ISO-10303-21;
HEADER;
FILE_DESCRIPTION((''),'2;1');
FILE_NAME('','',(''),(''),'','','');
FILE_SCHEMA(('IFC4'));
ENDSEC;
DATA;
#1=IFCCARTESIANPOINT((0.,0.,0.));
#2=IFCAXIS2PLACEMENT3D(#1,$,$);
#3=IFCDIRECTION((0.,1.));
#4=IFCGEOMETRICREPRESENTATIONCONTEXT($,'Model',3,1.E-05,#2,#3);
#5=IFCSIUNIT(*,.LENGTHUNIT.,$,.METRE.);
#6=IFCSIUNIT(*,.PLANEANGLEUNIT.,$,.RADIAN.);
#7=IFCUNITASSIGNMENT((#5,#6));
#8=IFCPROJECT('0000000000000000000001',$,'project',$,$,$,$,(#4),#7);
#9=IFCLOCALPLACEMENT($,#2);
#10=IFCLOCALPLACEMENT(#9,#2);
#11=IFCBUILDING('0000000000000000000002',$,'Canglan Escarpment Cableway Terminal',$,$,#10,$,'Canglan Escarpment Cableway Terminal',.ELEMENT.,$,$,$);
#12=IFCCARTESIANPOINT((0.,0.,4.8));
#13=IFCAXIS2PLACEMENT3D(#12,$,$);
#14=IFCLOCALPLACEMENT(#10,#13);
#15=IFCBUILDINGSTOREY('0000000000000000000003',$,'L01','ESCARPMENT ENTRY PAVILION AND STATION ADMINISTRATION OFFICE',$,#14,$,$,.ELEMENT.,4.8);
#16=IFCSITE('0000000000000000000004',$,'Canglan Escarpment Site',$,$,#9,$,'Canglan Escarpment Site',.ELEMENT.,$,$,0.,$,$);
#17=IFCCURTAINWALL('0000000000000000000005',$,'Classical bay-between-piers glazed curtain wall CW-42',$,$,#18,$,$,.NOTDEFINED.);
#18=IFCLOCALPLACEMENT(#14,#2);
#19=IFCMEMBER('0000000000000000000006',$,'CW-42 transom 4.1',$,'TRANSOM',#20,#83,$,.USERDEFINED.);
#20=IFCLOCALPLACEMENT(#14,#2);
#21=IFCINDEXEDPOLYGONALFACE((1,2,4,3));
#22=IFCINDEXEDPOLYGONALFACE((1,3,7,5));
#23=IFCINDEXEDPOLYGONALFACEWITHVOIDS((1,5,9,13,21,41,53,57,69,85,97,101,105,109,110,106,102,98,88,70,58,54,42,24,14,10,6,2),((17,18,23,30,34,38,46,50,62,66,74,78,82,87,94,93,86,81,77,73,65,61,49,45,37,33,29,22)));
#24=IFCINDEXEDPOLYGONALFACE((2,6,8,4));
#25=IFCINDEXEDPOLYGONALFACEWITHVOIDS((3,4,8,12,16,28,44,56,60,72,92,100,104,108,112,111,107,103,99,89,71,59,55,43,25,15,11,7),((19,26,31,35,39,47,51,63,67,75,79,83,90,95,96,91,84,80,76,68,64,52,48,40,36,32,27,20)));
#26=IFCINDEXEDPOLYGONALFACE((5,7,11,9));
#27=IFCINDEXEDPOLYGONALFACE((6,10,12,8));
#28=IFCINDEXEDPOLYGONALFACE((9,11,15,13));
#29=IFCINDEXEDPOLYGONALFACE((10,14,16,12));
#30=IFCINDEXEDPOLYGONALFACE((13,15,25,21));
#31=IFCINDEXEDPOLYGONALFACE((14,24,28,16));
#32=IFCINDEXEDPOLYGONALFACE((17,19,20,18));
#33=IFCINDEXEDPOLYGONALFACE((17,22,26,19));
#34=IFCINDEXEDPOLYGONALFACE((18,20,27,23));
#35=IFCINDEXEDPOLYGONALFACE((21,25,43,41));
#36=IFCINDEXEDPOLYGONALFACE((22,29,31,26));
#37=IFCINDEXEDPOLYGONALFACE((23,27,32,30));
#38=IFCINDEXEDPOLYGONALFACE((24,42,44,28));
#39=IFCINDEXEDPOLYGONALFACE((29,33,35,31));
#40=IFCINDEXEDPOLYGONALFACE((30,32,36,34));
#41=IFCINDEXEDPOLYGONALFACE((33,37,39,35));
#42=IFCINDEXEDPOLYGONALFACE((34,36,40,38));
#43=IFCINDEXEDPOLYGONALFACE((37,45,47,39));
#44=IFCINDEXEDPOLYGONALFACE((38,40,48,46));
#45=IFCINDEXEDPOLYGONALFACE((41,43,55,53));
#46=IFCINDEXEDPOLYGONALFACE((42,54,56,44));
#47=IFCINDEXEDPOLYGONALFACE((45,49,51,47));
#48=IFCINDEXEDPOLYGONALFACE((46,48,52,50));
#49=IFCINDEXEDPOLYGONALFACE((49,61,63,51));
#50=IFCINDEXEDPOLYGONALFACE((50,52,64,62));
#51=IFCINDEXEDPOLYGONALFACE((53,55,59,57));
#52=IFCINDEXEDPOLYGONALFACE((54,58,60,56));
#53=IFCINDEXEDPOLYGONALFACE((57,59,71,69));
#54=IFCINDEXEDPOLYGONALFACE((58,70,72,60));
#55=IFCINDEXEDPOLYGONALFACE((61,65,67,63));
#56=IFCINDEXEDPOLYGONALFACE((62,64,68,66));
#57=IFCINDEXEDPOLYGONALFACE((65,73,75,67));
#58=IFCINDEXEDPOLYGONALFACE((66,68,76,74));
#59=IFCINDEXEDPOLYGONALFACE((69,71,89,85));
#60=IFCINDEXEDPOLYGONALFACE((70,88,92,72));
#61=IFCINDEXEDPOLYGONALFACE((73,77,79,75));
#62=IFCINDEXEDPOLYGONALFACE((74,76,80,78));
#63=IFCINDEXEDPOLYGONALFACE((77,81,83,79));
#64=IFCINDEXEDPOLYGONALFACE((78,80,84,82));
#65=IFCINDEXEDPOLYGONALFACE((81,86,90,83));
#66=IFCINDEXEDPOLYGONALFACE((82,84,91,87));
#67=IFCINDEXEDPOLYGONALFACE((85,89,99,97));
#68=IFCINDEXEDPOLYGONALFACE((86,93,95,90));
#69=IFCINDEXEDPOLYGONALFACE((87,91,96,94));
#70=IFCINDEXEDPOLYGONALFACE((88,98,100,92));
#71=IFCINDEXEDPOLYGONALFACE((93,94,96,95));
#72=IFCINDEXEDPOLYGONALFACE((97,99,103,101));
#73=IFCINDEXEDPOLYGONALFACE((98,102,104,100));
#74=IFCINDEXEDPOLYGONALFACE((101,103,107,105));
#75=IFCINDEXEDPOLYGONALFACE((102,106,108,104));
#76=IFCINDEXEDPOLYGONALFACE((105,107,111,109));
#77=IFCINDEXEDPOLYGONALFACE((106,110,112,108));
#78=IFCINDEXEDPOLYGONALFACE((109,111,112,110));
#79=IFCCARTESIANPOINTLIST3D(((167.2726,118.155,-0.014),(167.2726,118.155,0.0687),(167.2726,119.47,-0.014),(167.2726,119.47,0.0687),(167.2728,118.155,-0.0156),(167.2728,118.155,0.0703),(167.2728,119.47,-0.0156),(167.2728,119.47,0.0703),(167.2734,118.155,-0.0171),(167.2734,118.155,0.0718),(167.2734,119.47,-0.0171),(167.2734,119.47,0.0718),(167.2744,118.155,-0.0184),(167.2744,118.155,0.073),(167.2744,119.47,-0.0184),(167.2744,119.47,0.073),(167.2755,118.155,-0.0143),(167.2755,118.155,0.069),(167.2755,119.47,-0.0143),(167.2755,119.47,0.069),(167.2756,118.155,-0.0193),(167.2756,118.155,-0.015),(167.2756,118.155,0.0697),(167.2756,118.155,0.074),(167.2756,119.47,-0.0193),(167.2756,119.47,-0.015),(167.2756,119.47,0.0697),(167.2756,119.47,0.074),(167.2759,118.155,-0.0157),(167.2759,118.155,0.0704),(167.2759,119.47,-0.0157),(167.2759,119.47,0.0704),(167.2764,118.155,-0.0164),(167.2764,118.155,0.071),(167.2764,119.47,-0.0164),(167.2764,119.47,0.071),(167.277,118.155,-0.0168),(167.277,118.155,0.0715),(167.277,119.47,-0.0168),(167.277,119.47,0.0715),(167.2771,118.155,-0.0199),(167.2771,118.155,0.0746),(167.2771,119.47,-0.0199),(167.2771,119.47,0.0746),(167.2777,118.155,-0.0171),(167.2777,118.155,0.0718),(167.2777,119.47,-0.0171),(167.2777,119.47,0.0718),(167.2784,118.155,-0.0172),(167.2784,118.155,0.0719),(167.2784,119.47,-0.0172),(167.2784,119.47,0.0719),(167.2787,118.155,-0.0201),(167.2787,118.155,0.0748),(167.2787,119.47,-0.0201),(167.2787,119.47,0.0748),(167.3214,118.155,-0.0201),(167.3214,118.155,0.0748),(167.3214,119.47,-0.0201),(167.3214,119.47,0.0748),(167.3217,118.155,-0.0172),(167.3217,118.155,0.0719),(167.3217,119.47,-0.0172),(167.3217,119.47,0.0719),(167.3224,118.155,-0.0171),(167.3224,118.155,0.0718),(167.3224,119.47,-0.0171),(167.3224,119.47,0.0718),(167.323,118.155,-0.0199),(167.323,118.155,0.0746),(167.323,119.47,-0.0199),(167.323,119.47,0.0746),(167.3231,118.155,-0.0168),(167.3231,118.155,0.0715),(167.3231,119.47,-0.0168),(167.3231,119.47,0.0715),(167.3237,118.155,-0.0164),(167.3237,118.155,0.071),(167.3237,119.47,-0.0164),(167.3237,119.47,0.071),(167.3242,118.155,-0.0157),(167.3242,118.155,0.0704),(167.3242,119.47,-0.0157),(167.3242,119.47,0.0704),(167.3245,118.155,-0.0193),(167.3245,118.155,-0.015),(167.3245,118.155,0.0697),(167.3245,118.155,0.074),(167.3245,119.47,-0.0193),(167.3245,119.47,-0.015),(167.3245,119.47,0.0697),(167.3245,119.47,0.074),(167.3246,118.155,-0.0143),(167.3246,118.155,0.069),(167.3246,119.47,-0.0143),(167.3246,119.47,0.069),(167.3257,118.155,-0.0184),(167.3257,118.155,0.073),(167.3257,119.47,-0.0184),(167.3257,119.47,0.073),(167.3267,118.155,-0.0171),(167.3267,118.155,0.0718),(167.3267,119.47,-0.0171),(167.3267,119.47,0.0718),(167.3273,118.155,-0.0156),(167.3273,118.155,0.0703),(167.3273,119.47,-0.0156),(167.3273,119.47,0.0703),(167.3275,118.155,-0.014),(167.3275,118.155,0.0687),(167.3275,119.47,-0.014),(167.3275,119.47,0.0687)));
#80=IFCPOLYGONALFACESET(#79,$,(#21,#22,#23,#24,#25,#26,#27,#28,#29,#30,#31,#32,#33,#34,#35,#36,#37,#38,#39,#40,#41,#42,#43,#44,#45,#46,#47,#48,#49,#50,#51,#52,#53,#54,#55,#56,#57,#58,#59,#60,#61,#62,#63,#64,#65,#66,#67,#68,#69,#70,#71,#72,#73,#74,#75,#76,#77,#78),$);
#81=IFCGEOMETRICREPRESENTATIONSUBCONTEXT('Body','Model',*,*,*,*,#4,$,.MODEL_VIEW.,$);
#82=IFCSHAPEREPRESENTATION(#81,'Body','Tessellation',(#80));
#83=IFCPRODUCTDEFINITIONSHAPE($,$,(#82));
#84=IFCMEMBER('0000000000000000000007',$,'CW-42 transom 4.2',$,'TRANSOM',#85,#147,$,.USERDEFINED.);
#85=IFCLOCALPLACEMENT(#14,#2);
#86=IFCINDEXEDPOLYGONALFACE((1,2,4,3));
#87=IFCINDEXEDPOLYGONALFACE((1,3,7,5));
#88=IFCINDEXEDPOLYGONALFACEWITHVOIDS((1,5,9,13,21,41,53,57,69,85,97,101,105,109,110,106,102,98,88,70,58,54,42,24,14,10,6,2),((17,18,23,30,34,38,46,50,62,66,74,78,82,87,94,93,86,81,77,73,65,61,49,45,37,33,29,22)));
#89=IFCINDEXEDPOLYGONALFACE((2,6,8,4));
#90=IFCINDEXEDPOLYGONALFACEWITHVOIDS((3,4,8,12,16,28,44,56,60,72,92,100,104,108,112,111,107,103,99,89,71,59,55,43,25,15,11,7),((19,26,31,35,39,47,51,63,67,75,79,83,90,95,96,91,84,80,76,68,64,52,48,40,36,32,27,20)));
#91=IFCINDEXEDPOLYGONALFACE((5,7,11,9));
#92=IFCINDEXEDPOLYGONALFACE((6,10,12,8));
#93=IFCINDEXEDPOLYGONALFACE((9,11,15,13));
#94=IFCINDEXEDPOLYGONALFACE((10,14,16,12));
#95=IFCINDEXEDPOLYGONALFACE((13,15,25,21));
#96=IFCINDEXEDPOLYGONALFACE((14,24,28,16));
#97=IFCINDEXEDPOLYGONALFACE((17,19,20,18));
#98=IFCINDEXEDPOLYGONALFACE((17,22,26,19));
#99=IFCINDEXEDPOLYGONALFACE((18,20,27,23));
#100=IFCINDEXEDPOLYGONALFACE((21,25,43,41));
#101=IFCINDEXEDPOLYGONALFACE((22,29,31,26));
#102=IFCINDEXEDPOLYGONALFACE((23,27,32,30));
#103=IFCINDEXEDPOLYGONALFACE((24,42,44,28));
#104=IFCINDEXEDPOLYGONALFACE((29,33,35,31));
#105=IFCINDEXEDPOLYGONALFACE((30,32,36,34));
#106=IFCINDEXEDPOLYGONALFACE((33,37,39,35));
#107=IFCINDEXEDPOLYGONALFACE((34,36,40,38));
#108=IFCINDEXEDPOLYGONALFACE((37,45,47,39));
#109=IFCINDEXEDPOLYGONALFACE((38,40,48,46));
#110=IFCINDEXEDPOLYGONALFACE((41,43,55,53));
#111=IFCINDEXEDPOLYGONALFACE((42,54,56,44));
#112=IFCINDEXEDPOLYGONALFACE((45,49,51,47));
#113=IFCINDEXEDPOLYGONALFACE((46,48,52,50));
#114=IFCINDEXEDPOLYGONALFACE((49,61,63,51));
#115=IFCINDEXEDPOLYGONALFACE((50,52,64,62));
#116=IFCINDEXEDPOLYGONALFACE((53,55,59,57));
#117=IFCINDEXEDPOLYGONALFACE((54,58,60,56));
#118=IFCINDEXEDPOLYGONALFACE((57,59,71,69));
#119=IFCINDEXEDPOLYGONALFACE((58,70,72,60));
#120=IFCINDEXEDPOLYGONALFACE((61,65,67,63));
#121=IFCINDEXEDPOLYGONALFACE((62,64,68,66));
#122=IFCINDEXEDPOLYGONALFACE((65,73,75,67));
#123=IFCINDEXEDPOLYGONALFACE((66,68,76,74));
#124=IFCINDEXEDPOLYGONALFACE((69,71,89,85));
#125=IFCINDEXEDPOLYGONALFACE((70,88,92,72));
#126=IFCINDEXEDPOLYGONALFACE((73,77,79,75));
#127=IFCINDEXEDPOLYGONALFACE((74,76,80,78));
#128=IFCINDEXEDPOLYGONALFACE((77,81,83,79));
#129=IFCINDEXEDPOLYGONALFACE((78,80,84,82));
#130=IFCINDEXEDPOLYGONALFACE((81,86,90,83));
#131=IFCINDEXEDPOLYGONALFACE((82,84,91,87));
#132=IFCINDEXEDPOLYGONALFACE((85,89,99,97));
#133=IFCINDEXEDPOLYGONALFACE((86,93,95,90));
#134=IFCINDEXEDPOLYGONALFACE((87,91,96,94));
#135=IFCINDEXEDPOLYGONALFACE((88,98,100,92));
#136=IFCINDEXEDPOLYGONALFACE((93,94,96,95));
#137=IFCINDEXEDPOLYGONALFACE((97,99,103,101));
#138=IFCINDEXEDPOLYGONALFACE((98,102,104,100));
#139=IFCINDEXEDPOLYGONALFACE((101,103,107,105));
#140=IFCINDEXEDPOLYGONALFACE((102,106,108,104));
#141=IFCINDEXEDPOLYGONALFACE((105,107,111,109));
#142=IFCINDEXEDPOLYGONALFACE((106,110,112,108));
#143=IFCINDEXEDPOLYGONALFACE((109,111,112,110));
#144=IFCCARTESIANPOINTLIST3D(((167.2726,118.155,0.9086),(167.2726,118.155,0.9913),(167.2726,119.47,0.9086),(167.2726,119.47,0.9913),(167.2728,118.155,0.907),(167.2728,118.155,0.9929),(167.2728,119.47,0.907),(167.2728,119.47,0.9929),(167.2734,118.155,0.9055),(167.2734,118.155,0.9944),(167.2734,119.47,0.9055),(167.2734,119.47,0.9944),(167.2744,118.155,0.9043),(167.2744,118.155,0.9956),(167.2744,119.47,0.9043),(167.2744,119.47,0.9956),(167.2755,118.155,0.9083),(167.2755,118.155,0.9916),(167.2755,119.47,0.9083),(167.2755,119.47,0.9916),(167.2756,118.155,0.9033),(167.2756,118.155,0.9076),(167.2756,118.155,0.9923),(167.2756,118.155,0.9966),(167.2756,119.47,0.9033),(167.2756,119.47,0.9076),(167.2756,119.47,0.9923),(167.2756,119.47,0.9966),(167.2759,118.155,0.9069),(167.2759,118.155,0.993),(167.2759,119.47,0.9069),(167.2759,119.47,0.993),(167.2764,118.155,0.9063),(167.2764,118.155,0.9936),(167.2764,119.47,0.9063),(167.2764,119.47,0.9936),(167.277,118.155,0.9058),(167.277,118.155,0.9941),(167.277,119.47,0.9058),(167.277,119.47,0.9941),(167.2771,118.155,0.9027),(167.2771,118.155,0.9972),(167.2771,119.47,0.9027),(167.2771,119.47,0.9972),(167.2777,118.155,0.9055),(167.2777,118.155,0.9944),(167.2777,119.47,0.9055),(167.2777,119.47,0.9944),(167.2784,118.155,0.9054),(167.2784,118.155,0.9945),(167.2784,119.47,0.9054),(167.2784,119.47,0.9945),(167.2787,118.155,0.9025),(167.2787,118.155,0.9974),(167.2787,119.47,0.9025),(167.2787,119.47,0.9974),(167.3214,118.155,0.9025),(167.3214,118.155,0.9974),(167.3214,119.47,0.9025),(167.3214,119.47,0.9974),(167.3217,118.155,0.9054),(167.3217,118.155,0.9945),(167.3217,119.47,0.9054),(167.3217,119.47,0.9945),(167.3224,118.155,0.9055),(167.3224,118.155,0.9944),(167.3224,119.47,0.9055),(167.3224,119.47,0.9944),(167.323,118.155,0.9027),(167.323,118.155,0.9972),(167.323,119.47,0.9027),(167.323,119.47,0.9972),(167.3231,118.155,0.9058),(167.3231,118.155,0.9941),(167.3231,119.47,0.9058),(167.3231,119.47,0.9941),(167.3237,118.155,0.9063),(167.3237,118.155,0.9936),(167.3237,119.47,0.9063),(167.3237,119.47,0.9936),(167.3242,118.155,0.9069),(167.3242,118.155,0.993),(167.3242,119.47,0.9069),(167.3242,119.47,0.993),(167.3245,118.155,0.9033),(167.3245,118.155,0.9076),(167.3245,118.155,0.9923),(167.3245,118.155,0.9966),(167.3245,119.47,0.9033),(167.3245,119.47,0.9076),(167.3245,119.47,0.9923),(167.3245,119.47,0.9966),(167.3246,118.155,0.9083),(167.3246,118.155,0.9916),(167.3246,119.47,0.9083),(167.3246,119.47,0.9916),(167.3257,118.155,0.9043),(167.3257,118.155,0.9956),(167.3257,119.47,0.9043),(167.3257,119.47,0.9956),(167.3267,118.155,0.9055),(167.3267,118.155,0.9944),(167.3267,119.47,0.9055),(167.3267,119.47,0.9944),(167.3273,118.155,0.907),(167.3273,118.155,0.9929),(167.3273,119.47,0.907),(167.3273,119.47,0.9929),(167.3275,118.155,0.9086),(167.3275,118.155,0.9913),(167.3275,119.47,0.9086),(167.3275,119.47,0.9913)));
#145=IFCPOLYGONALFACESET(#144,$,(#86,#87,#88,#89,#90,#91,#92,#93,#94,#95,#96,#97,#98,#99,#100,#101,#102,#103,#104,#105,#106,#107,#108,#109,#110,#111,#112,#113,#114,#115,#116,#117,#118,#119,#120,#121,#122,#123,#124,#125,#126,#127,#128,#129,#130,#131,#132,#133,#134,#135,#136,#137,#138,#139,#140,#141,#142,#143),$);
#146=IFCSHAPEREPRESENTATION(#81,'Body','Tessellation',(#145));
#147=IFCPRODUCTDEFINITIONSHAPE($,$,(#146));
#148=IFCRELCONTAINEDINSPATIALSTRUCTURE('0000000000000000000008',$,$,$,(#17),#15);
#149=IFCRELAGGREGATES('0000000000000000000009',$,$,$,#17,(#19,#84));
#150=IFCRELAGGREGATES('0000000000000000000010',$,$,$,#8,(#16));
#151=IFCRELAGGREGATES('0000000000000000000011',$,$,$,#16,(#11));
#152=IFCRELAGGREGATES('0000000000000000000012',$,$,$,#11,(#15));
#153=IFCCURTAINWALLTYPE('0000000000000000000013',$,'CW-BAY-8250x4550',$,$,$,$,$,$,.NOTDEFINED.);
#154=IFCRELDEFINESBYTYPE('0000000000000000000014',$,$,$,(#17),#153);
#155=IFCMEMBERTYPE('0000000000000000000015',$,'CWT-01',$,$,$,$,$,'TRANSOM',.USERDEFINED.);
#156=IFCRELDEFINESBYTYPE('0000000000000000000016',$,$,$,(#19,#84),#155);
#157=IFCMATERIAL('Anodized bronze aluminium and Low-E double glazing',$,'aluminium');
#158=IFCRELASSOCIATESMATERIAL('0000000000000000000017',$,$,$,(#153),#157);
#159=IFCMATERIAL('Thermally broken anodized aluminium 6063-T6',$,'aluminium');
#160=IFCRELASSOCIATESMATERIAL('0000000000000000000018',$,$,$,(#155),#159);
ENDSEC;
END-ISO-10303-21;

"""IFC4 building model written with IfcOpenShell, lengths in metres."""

from ifc_helpers import new_model, si_unit, direction, frame, origin, origin_2d, place, context, subcontext, project, spatial, hollow_rectangle, extrude, material, material_profile, profile_set, type_object, element, aggregate, save


model = new_model("IFC4")

# Units and contexts
model_context = context("Model", 3, precision=1e-05, world=origin(), true_north=direction((0.0, 1.0)))
body_context = subcontext(model_context, "Body", "Model", "MODEL_VIEW")
ifc_project = project(units=[si_unit("LENGTHUNIT", "METRE"), si_unit("PLANEANGLEUNIT", "RADIAN")], contexts=[model_context])

# Site, building, storey
site_placement = place(None, origin())
site = spatial("IfcSite", under=ifc_project, at=site_placement, Name="Canglan Escarpment Site", LongName="Canglan Escarpment Site", CompositionType="ELEMENT", RefElevation=0.0)
building_placement = place(site_placement, origin())
building = spatial("IfcBuilding", under=site, at=building_placement, Name="Canglan Escarpment Cableway Terminal", LongName="Canglan Escarpment Cableway Terminal", CompositionType="ELEMENT")
storey_placement = place(building_placement, frame((0.0, 0.0, 4.8)))
storey = spatial("IfcBuildingStorey", under=building, at=storey_placement, Name="L01", Description="ESCARPMENT ENTRY PAVILION AND STATION ADMINISTRATION OFFICE", CompositionType="ELEMENT", Elevation=4.8)

# Curtain wall, members
ifc_material_1 = material(Name="Anodized bronze aluminium and Low-E double glazing", Category="aluminium")
curtain_wall_type = type_object("IfcCurtainWallType", Name="CW-BAY-8250x4550", PredefinedType="NOTDEFINED", material=ifc_material_1)
curtain_wall_placement = place(storey_placement, origin())
curtain_wall = element("IfcCurtainWall", 1, at=curtain_wall_placement, inside=storey, type_object=curtain_wall_type, Name="Classical bay-between-piers glazed curtain wall CW-42", PredefinedType="NOTDEFINED")
ifc_material_2 = material(Name="Thermally broken anodized aluminium 6063-T6", Category="aluminium")
ifc_material_profile_1 = material_profile(ifc_material_2, hollow_rectangle(XDim=0.0549, YDim=0.095, WallThickness=0.0029, InnerFilletRadius=0.0029, OuterFilletRadius=0.0061, at=origin_2d()), Name="ALU-TRAN 55x95x3")
ifc_profile_set_1 = profile_set([ifc_material_profile_1], Name="Thermally broken anodized aluminium 6063-T6")
member_type_1 = type_object("IfcMemberType", Name="CWT-01", ElementType="TRANSOM", PredefinedType="USERDEFINED", material=ifc_profile_set_1)
member_1_placement = place(storey_placement, frame((167.3, 119.47, 0.0273), z_axis=(0.0, -1.0, 0.0), x_axis=(1.0, 0.0, 0.0)))
member_1 = element("IfcMember", 2, at=member_1_placement, type_object=member_type_1, Name="CW-42 transom 4.1", ObjectType="TRANSOM", PredefinedType="USERDEFINED", context=body_context, shape_type="SweptSolid", body=[
    extrude(hollow_rectangle(XDim=0.0549, YDim=0.095, WallThickness=0.0029, InnerFilletRadius=0.0029, OuterFilletRadius=0.0061, at=origin_2d()), origin(), (0.0, 0.0, 1.0), 1.3149),
])
member_2_placement = place(storey_placement, frame((167.3, 119.47, 0.95), z_axis=(0.0, -1.0, 0.0), x_axis=(1.0, 0.0, 0.0)))
member_2 = element("IfcMember", 3, at=member_2_placement, type_object=member_type_1, Name="CW-42 transom 4.2", ObjectType="TRANSOM", PredefinedType="USERDEFINED", context=body_context, shape_type="SweptSolid", body=[
    extrude(hollow_rectangle(XDim=0.0549, YDim=0.095, WallThickness=0.0029, InnerFilletRadius=0.0029, OuterFilletRadius=0.0061, at=origin_2d()), origin(), (0.0, 0.0, 1.0), 1.3149),
])
aggregate(curtain_wall, [member_1, member_2])

save(model, "model.ifc")
